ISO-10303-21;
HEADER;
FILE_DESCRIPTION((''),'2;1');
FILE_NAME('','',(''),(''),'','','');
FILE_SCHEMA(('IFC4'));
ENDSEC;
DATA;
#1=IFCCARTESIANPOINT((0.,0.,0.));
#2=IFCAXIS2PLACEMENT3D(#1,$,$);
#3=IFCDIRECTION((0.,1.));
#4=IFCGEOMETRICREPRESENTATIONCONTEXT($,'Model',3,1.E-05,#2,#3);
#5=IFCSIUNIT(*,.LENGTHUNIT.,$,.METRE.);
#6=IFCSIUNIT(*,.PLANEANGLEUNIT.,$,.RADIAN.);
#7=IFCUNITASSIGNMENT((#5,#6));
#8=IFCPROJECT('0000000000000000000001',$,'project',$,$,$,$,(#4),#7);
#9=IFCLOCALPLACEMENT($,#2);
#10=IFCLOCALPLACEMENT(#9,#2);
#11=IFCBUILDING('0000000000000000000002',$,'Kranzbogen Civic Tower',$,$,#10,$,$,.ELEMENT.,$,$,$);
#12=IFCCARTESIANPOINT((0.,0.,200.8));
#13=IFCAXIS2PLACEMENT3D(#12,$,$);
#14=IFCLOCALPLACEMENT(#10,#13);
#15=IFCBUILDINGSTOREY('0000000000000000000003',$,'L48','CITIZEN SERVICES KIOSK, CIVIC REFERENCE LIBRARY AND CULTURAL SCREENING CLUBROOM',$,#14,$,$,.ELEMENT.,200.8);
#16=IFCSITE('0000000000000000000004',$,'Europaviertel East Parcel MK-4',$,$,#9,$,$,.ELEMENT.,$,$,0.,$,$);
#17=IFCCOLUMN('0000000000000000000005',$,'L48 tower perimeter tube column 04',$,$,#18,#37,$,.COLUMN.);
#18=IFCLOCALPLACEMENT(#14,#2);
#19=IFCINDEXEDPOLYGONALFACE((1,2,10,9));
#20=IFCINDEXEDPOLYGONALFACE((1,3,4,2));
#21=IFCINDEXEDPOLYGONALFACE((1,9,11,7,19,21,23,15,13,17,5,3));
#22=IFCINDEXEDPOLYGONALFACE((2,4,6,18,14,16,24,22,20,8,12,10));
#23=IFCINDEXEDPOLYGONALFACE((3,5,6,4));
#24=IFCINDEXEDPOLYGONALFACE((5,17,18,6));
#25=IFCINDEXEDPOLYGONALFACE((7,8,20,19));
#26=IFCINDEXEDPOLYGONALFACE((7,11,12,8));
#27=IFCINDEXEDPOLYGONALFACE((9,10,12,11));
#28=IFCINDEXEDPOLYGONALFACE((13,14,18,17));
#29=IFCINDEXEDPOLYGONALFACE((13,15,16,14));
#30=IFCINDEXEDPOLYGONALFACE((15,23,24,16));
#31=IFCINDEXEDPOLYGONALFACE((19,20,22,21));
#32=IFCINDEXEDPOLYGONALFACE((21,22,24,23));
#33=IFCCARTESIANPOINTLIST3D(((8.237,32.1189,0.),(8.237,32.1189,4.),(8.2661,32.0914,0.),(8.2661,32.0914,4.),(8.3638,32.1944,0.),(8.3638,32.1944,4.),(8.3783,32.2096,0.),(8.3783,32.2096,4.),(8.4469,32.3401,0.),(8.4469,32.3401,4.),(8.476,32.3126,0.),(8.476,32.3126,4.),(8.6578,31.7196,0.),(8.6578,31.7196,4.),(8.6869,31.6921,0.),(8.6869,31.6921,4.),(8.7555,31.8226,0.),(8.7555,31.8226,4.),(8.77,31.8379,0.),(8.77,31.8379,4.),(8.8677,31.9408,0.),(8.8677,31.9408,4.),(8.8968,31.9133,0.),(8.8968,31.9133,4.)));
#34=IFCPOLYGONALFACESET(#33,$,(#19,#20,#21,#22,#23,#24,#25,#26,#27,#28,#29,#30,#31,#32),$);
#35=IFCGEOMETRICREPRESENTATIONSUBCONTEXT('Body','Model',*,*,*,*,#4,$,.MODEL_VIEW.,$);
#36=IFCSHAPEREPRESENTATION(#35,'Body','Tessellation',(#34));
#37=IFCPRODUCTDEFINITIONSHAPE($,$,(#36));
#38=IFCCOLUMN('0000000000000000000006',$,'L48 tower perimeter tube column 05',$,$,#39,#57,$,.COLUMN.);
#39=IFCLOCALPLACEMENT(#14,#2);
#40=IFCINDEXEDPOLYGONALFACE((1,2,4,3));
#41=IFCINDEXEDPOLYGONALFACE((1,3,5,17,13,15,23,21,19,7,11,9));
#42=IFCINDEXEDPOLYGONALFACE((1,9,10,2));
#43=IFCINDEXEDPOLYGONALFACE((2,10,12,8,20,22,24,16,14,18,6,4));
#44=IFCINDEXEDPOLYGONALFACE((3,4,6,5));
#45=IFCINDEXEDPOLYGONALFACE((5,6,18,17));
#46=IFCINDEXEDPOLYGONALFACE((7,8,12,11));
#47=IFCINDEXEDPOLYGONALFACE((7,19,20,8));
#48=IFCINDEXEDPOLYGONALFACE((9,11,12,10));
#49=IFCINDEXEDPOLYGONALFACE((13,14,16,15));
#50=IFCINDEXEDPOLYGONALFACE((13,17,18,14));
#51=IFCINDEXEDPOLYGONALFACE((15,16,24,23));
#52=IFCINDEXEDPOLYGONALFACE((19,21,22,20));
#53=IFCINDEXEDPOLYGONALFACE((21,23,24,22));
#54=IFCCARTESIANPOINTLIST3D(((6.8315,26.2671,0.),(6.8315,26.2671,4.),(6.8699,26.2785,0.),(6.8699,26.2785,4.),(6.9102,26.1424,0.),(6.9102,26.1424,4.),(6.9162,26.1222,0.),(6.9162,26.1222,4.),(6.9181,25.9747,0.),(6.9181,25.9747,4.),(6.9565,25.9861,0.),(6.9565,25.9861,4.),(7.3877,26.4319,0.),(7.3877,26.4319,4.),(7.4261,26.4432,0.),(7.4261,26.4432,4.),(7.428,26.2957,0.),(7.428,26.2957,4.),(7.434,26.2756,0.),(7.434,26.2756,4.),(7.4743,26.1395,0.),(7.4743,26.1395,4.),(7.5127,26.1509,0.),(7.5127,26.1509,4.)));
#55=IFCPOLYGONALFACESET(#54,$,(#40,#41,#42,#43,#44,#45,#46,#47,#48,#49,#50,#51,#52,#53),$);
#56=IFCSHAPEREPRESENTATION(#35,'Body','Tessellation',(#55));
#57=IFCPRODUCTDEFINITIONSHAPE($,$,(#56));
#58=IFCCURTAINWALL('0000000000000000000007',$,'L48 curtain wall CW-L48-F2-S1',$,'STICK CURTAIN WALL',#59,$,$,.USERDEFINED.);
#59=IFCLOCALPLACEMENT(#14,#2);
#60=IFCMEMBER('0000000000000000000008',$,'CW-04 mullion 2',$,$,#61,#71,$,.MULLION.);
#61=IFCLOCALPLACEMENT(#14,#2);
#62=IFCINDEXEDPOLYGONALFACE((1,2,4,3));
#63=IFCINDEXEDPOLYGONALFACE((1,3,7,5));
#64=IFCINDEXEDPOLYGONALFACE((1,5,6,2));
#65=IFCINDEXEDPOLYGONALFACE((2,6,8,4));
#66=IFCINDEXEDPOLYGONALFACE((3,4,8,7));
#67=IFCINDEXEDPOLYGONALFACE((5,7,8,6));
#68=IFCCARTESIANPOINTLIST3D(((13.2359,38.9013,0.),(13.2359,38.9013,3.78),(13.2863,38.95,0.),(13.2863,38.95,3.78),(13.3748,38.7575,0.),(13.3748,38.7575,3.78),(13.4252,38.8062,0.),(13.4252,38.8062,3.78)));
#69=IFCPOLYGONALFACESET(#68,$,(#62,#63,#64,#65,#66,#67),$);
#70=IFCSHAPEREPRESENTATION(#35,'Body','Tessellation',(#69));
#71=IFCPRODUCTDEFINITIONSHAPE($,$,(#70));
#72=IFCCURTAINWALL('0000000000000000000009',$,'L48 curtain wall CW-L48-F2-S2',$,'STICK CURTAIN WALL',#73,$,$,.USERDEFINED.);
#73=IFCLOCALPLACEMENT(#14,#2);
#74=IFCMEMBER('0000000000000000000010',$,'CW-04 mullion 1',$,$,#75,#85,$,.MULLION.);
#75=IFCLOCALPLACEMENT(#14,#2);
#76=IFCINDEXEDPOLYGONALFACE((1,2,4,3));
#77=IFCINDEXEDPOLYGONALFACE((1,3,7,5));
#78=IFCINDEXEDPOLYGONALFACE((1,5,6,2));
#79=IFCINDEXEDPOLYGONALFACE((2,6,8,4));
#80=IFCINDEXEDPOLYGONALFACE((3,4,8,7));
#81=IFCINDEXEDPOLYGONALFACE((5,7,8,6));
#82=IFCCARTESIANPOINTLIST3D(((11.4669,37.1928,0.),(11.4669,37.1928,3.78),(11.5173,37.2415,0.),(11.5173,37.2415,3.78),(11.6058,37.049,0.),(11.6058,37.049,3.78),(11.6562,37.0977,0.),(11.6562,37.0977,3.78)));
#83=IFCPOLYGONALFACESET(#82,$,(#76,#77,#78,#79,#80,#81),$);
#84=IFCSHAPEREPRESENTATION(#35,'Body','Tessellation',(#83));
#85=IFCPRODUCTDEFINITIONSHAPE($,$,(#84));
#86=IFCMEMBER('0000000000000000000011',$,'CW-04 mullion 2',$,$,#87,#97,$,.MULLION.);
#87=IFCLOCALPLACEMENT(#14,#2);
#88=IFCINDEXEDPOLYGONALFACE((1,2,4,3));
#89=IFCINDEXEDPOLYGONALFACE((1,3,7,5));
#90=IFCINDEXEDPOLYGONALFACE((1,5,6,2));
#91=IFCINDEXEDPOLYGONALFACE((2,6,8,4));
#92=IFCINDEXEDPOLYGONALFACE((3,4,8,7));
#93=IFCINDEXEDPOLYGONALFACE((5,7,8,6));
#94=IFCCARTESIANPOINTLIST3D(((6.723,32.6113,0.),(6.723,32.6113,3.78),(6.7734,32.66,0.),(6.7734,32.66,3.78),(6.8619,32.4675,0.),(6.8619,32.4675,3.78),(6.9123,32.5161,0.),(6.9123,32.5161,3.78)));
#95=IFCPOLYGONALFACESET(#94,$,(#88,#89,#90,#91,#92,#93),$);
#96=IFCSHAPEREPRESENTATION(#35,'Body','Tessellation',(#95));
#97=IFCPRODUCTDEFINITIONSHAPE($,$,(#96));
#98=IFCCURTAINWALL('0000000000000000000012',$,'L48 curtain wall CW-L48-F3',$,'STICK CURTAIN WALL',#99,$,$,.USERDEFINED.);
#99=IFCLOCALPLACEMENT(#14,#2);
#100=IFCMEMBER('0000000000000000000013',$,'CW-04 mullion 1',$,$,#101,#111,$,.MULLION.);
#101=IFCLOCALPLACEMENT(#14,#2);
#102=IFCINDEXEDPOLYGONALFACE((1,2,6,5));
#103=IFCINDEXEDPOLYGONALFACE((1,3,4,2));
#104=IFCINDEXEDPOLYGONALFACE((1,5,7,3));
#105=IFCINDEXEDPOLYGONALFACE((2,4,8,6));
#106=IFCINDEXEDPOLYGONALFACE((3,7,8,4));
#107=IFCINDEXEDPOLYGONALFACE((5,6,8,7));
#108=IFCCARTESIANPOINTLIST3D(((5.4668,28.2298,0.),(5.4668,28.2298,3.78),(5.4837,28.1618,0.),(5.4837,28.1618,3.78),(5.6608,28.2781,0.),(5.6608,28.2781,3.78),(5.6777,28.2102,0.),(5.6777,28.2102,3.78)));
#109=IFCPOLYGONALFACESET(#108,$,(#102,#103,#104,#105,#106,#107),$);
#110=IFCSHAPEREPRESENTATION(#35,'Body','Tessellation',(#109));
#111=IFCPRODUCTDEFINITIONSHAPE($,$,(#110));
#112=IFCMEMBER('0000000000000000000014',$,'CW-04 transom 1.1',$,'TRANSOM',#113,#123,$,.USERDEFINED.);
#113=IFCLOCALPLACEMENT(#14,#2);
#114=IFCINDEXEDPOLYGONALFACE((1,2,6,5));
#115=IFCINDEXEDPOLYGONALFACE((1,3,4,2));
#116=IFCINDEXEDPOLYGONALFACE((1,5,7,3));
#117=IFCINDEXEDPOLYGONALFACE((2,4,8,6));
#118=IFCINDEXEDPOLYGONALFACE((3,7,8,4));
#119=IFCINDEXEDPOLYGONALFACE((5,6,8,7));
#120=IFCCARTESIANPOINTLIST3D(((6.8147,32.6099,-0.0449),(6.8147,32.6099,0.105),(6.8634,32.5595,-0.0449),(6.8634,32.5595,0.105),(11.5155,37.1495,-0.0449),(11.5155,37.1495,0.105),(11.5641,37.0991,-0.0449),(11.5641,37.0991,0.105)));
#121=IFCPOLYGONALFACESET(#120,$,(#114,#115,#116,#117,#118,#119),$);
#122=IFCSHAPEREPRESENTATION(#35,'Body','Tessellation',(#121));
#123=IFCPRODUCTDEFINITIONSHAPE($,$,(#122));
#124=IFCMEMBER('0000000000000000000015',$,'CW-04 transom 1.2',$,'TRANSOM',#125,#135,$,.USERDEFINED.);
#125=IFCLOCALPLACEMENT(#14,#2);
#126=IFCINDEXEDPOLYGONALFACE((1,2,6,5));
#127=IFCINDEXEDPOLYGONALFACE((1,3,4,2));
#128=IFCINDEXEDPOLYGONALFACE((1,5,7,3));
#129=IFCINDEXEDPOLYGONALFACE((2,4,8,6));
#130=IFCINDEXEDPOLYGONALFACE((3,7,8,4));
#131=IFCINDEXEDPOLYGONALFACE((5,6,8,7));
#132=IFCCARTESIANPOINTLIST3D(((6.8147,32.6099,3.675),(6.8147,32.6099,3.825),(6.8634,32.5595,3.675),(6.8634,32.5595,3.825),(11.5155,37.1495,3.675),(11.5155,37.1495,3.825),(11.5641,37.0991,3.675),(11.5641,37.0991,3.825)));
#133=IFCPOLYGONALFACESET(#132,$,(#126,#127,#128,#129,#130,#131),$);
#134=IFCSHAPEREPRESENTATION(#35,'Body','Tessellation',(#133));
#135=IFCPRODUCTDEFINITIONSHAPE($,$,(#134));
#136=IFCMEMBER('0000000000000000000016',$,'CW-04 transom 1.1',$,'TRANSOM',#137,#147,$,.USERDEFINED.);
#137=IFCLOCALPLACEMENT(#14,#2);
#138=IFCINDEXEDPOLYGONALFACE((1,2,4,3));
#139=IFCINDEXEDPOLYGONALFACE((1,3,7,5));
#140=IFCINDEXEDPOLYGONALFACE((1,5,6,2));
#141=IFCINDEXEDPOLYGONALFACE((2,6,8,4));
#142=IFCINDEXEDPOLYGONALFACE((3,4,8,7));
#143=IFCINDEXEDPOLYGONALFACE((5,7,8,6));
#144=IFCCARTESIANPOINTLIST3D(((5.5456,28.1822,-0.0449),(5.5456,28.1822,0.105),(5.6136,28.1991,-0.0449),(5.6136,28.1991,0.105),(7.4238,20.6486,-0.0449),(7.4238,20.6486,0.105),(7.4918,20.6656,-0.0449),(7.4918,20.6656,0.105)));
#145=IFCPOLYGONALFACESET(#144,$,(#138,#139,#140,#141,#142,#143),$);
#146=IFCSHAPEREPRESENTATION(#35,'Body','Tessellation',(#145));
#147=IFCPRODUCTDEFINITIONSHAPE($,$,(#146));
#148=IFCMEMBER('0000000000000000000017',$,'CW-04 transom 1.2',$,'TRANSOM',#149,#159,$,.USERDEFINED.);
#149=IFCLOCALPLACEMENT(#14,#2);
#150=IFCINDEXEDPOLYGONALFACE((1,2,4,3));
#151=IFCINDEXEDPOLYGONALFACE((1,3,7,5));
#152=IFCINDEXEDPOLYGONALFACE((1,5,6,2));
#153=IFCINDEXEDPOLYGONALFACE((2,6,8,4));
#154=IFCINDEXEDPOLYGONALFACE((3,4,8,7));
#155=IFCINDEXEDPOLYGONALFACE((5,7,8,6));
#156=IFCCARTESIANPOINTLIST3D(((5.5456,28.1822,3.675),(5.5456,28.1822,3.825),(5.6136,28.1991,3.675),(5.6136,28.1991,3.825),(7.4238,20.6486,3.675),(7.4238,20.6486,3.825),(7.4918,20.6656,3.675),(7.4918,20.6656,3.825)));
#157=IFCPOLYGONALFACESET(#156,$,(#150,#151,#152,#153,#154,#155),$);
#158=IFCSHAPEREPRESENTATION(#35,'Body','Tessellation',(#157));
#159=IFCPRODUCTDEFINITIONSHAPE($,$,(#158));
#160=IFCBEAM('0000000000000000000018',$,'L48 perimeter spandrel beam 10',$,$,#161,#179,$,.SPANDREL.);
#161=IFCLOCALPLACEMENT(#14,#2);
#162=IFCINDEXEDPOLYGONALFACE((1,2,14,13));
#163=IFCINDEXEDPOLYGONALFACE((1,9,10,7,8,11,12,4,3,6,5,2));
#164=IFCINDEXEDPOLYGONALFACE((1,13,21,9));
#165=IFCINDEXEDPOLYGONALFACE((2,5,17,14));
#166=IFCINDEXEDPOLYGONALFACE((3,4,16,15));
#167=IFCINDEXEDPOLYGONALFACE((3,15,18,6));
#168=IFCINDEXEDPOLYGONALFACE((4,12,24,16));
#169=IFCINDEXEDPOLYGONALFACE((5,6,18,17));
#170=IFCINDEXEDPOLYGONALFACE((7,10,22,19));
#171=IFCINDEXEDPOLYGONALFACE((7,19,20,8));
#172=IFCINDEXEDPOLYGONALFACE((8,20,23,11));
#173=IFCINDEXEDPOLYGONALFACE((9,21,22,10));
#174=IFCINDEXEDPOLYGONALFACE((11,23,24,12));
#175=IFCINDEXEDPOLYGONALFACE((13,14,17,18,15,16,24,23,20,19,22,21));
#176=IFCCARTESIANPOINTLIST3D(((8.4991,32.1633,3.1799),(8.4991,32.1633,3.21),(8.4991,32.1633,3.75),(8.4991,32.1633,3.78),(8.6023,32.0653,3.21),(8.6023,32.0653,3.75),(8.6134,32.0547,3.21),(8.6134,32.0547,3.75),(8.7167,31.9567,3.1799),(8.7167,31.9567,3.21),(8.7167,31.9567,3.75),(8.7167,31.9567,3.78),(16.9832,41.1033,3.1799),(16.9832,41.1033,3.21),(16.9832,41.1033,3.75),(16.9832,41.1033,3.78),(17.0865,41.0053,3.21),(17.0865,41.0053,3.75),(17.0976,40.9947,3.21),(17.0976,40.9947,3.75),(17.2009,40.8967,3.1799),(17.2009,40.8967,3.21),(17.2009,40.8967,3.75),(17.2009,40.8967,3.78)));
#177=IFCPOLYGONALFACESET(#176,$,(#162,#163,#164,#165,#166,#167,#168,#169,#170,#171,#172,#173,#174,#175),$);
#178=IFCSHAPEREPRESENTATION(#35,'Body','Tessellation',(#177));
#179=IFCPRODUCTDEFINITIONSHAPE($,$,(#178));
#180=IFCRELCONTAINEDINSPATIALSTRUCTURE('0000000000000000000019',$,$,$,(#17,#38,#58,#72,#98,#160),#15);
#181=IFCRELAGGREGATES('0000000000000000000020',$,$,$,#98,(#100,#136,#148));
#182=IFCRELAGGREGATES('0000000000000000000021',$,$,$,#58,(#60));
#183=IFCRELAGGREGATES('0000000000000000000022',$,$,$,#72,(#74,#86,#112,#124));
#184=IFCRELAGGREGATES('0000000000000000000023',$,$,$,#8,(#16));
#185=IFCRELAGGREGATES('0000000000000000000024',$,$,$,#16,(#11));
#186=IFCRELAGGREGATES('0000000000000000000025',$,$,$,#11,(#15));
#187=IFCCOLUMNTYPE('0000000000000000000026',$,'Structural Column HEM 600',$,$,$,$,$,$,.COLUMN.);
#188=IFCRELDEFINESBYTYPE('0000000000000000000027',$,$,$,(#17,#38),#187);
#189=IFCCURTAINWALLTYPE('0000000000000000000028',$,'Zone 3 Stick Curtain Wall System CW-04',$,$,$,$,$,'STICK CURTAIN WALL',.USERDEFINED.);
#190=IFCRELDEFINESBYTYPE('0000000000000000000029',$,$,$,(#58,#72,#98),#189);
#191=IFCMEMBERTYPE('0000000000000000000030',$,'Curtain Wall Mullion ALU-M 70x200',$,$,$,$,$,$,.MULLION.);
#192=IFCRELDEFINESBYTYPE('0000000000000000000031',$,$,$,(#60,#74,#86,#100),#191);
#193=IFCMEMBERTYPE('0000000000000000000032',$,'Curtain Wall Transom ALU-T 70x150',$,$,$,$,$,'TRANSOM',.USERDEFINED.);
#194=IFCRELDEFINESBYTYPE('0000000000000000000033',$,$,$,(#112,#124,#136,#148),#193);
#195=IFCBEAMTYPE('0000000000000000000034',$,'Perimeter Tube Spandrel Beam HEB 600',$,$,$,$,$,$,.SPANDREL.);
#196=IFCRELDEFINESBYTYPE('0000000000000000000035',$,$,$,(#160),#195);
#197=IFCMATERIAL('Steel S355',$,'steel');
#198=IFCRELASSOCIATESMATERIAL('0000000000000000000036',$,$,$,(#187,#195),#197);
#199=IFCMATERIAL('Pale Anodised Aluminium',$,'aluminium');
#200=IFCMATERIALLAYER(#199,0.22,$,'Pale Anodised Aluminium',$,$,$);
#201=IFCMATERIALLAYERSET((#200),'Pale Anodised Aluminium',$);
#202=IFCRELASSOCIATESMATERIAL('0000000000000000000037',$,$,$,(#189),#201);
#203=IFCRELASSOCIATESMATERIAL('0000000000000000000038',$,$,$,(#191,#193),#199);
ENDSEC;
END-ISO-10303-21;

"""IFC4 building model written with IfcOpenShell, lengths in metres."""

from ifc_helpers import new_model, si_unit, direction, frame, origin, origin_2d, place, context, subcontext, project, spatial, rectangle, i_section, extrude, material, layer, layer_set, material_profile, profile_set, type_object, element, aggregate, save


model = new_model("IFC4")

# Units and contexts
model_context = context("Model", 3, precision=1e-05, world=origin(), true_north=direction((0.0, 1.0)))
body_context = subcontext(model_context, "Body", "Model", "MODEL_VIEW")
ifc_project = project(units=[si_unit("LENGTHUNIT", "METRE"), si_unit("PLANEANGLEUNIT", "RADIAN")], contexts=[model_context])

# Site, building, storey
site_placement = place(None, origin())
site = spatial("IfcSite", under=ifc_project, at=site_placement, Name="Europaviertel East Parcel MK-4", CompositionType="ELEMENT", RefElevation=0.0)
building_placement = place(site_placement, origin())
building = spatial("IfcBuilding", under=site, at=building_placement, Name="Kranzbogen Civic Tower", CompositionType="ELEMENT")
storey_placement = place(building_placement, frame((0.0, 0.0, 200.8)))
storey = spatial("IfcBuildingStorey", under=building, at=storey_placement, Name="L48", Description="CITIZEN SERVICES KIOSK, CIVIC REFERENCE LIBRARY AND CULTURAL SCREENING CLUBROOM", CompositionType="ELEMENT", Elevation=200.8)

# Columns
ifc_material_1 = material(Name="Steel S355", Category="steel")
ifc_material_profile_1 = material_profile(ifc_material_1, i_section(OverallWidth=0.3049, OverallDepth=0.6201, WebThickness=0.021, FlangeThickness=0.04, at=origin_2d()), Name="HEM 600")
ifc_profile_set_1 = profile_set([ifc_material_profile_1], Name="Steel S355")
column_type = type_object("IfcColumnType", Name="Structural Column HEM 600", PredefinedType="COLUMN", material=ifc_profile_set_1)
for number, where, z_axis, x_axis, name in (
    (1, (8.5669, 32.0161, 0.0), (0.0, 0.0, 1.0), (0.688355, 0.725374, 0.0), "L48 tower perimeter tube column 04"),
    (2, (7.1721, 26.209, 0.0), (0.0, 0.0, 1.0), (-0.284015, 0.95882, 0.0), "L48 tower perimeter tube column 05"),
):
    element("IfcColumn", number, at=place(storey_placement, frame(where, z_axis=z_axis, x_axis=x_axis)), inside=storey, type_object=column_type, Name=name, PredefinedType="COLUMN", context=body_context, shape_type="SweptSolid", body=[
        extrude(i_section(OverallWidth=0.3049, OverallDepth=0.6201, WebThickness=0.021, FlangeThickness=0.04, at=origin_2d()), origin(), (0.0, 0.0, 1.0), 4.0),
    ])

# Curtain wall, member
ifc_material_2 = material(Name="Pale Anodised Aluminium", Category="aluminium")
ifc_layer_1 = layer(ifc_material_2, 0.22, Name="Pale Anodised Aluminium")
ifc_layer_set_1 = layer_set([ifc_layer_1], Name="Pale Anodised Aluminium")
curtain_wall_type = type_object("IfcCurtainWallType", Name="Zone 3 Stick Curtain Wall System CW-04", ElementType="STICK CURTAIN WALL", PredefinedType="USERDEFINED", material=ifc_layer_set_1)
curtain_wall_1_placement = place(storey_placement, origin())
curtain_wall_1 = element("IfcCurtainWall", 3, at=curtain_wall_1_placement, inside=storey, type_object=curtain_wall_type, Name="L48 curtain wall CW-L48-F2-S1", ObjectType="STICK CURTAIN WALL", PredefinedType="USERDEFINED")
ifc_material_profile_2 = material_profile(ifc_material_2, rectangle(XDim=0.0701, YDim=0.2, at=origin_2d()), Name="ALU-M 70x200")
ifc_profile_set_2 = profile_set([ifc_material_profile_2], Name="Pale Anodised Aluminium")
member_type_1 = type_object("IfcMemberType", Name="Curtain Wall Mullion ALU-M 70x200", PredefinedType="MULLION", material=ifc_profile_set_2)
member_1_placement = place(storey_placement, frame((13.3306, 38.8538, 0.0), z_axis=(0.0, 0.0, 1.0), x_axis=(-0.719321, -0.694678, 0.0)))
member_1 = element("IfcMember", 4, at=member_1_placement, type_object=member_type_1, Name="CW-04 mullion 2", PredefinedType="MULLION", context=body_context, shape_type="SweptSolid", body=[
    extrude(rectangle(XDim=0.0701, YDim=0.2, at=origin_2d()), origin(), (0.0, 0.0, 1.0), 3.78),
])

# Curtain wall, members
curtain_wall_2_placement = place(storey_placement, origin())
curtain_wall_2 = element("IfcCurtainWall", 5, at=curtain_wall_2_placement, inside=storey, type_object=curtain_wall_type, Name="L48 curtain wall CW-L48-F2-S2", ObjectType="STICK CURTAIN WALL", PredefinedType="USERDEFINED")
member_2_placement = place(storey_placement, frame((11.5615, 37.1453, 0.0), z_axis=(0.0, 0.0, 1.0), x_axis=(-0.719321, -0.694678, 0.0)))
member_2 = element("IfcMember", 6, at=member_2_placement, type_object=member_type_1, Name="CW-04 mullion 1", PredefinedType="MULLION", context=body_context, shape_type="SweptSolid", body=[
    extrude(rectangle(XDim=0.0701, YDim=0.2, at=origin_2d()), origin(), (0.0, 0.0, 1.0), 3.78),
])
member_3_placement = place(storey_placement, frame((6.8176, 32.5637, 0.0), z_axis=(0.0, 0.0, 1.0), x_axis=(-0.719321, -0.694678, 0.0)))
member_3 = element("IfcMember", 7, at=member_3_placement, type_object=member_type_1, Name="CW-04 mullion 2", PredefinedType="MULLION", context=body_context, shape_type="SweptSolid", body=[
    extrude(rectangle(XDim=0.0701, YDim=0.2, at=origin_2d()), origin(), (0.0, 0.0, 1.0), 3.78),
])

# Curtain wall, member
curtain_wall_3_placement = place(storey_placement, origin())
curtain_wall_3 = element("IfcCurtainWall", 8, at=curtain_wall_3_placement, inside=storey, type_object=curtain_wall_type, Name="L48 curtain wall CW-L48-F3", ObjectType="STICK CURTAIN WALL", PredefinedType="USERDEFINED")
member_4_placement = place(storey_placement, frame((5.5723, 28.22, 0.0), z_axis=(0.0, 0.0, 1.0), x_axis=(0.241906, -0.9703, 0.0)))
member_4 = element("IfcMember", 9, at=member_4_placement, type_object=member_type_1, Name="CW-04 mullion 1", PredefinedType="MULLION", context=body_context, shape_type="SweptSolid", body=[
    extrude(rectangle(XDim=0.0701, YDim=0.2, at=origin_2d()), origin(), (0.0, 0.0, 1.0), 3.78),
])

# Members
ifc_material_profile_3 = material_profile(ifc_material_2, rectangle(XDim=0.0701, YDim=0.1499, at=origin_2d()), Name="ALU-T 70x150")
ifc_profile_set_3 = profile_set([ifc_material_profile_3], Name="Pale Anodised Aluminium")
member_type_2 = type_object("IfcMemberType", Name="Curtain Wall Transom ALU-T 70x150", ElementType="TRANSOM", PredefinedType="USERDEFINED", material=ifc_profile_set_3)
member_5_placement = place(storey_placement, frame((11.5398, 37.1243, 0.03), z_axis=(-0.719328, -0.694671, 0.0), x_axis=(0.694671, -0.719328, 0.0)))
member_5 = element("IfcMember", 10, at=member_5_placement, type_object=member_type_2, Name="CW-04 transom 1.1", ObjectType="TRANSOM", PredefinedType="USERDEFINED", context=body_context, shape_type="SweptSolid", body=[
    extrude(rectangle(XDim=0.0701, YDim=0.1499, at=origin_2d()), origin(), (0.0, 0.0, 1.0), 6.5349),
])
member_6_placement = place(storey_placement, frame((11.5398, 37.1243, 3.75), z_axis=(-0.719328, -0.694671, 0.0), x_axis=(0.694671, -0.719328, 0.0)))
member_6 = element("IfcMember", 11, at=member_6_placement, type_object=member_type_2, Name="CW-04 transom 1.2", ObjectType="TRANSOM", PredefinedType="USERDEFINED", context=body_context, shape_type="SweptSolid", body=[
    extrude(rectangle(XDim=0.0701, YDim=0.1499, at=origin_2d()), origin(), (0.0, 0.0, 1.0), 6.5349),
])
member_7_placement = place(storey_placement, frame((5.5796, 28.1907, 0.03), z_axis=(0.241907, -0.9703, 0.0), x_axis=(0.9703, 0.241907, 0.0)))
member_7 = element("IfcMember", 12, at=member_7_placement, type_object=member_type_2, Name="CW-04 transom 1.1", ObjectType="TRANSOM", PredefinedType="USERDEFINED", context=body_context, shape_type="SweptSolid", body=[
    extrude(rectangle(XDim=0.0701, YDim=0.1499, at=origin_2d()), origin(), (0.0, 0.0, 1.0), 7.7642),
])
member_8_placement = place(storey_placement, frame((5.5796, 28.1907, 3.75), z_axis=(0.241907, -0.9703, 0.0), x_axis=(0.9703, 0.241907, 0.0)))
member_8 = element("IfcMember", 13, at=member_8_placement, type_object=member_type_2, Name="CW-04 transom 1.2", ObjectType="TRANSOM", PredefinedType="USERDEFINED", context=body_context, shape_type="SweptSolid", body=[
    extrude(rectangle(XDim=0.0701, YDim=0.1499, at=origin_2d()), origin(), (0.0, 0.0, 1.0), 7.7642),
])
aggregate(curtain_wall_3, [member_4, member_7, member_8])

# Beam
ifc_material_profile_4 = material_profile(ifc_material_1, i_section(OverallWidth=0.3, OverallDepth=0.6001, WebThickness=0.0154, FlangeThickness=0.03, at=origin_2d()), Name="HEB 600")
ifc_profile_set_4 = profile_set([ifc_material_profile_4], Name="Steel S355")
beam_type_1 = type_object("IfcBeamType", Name="Perimeter Tube Spandrel Beam HEB 600", PredefinedType="SPANDREL", material=ifc_profile_set_4)
beam_1_placement = place(storey_placement, frame((17.092, 41.0, 3.48), z_axis=(-0.688373, -0.725356, 0.0), x_axis=(0.725356, -0.688373, 0.0)))
element("IfcBeam", 14, at=beam_1_placement, inside=storey, type_object=beam_type_1, Name="L48 perimeter spandrel beam 10", PredefinedType="SPANDREL", context=body_context, shape_type="SweptSolid", body=[
    extrude(i_section(OverallWidth=0.3, OverallDepth=0.6001, WebThickness=0.0154, FlangeThickness=0.03, at=origin_2d()), origin(), (0.0, 0.0, 1.0), 12.325),
])

aggregate(curtain_wall_1, [member_1])
aggregate(curtain_wall_2, [member_2, member_3, member_5, member_6])

save(model, "model.ifc")
